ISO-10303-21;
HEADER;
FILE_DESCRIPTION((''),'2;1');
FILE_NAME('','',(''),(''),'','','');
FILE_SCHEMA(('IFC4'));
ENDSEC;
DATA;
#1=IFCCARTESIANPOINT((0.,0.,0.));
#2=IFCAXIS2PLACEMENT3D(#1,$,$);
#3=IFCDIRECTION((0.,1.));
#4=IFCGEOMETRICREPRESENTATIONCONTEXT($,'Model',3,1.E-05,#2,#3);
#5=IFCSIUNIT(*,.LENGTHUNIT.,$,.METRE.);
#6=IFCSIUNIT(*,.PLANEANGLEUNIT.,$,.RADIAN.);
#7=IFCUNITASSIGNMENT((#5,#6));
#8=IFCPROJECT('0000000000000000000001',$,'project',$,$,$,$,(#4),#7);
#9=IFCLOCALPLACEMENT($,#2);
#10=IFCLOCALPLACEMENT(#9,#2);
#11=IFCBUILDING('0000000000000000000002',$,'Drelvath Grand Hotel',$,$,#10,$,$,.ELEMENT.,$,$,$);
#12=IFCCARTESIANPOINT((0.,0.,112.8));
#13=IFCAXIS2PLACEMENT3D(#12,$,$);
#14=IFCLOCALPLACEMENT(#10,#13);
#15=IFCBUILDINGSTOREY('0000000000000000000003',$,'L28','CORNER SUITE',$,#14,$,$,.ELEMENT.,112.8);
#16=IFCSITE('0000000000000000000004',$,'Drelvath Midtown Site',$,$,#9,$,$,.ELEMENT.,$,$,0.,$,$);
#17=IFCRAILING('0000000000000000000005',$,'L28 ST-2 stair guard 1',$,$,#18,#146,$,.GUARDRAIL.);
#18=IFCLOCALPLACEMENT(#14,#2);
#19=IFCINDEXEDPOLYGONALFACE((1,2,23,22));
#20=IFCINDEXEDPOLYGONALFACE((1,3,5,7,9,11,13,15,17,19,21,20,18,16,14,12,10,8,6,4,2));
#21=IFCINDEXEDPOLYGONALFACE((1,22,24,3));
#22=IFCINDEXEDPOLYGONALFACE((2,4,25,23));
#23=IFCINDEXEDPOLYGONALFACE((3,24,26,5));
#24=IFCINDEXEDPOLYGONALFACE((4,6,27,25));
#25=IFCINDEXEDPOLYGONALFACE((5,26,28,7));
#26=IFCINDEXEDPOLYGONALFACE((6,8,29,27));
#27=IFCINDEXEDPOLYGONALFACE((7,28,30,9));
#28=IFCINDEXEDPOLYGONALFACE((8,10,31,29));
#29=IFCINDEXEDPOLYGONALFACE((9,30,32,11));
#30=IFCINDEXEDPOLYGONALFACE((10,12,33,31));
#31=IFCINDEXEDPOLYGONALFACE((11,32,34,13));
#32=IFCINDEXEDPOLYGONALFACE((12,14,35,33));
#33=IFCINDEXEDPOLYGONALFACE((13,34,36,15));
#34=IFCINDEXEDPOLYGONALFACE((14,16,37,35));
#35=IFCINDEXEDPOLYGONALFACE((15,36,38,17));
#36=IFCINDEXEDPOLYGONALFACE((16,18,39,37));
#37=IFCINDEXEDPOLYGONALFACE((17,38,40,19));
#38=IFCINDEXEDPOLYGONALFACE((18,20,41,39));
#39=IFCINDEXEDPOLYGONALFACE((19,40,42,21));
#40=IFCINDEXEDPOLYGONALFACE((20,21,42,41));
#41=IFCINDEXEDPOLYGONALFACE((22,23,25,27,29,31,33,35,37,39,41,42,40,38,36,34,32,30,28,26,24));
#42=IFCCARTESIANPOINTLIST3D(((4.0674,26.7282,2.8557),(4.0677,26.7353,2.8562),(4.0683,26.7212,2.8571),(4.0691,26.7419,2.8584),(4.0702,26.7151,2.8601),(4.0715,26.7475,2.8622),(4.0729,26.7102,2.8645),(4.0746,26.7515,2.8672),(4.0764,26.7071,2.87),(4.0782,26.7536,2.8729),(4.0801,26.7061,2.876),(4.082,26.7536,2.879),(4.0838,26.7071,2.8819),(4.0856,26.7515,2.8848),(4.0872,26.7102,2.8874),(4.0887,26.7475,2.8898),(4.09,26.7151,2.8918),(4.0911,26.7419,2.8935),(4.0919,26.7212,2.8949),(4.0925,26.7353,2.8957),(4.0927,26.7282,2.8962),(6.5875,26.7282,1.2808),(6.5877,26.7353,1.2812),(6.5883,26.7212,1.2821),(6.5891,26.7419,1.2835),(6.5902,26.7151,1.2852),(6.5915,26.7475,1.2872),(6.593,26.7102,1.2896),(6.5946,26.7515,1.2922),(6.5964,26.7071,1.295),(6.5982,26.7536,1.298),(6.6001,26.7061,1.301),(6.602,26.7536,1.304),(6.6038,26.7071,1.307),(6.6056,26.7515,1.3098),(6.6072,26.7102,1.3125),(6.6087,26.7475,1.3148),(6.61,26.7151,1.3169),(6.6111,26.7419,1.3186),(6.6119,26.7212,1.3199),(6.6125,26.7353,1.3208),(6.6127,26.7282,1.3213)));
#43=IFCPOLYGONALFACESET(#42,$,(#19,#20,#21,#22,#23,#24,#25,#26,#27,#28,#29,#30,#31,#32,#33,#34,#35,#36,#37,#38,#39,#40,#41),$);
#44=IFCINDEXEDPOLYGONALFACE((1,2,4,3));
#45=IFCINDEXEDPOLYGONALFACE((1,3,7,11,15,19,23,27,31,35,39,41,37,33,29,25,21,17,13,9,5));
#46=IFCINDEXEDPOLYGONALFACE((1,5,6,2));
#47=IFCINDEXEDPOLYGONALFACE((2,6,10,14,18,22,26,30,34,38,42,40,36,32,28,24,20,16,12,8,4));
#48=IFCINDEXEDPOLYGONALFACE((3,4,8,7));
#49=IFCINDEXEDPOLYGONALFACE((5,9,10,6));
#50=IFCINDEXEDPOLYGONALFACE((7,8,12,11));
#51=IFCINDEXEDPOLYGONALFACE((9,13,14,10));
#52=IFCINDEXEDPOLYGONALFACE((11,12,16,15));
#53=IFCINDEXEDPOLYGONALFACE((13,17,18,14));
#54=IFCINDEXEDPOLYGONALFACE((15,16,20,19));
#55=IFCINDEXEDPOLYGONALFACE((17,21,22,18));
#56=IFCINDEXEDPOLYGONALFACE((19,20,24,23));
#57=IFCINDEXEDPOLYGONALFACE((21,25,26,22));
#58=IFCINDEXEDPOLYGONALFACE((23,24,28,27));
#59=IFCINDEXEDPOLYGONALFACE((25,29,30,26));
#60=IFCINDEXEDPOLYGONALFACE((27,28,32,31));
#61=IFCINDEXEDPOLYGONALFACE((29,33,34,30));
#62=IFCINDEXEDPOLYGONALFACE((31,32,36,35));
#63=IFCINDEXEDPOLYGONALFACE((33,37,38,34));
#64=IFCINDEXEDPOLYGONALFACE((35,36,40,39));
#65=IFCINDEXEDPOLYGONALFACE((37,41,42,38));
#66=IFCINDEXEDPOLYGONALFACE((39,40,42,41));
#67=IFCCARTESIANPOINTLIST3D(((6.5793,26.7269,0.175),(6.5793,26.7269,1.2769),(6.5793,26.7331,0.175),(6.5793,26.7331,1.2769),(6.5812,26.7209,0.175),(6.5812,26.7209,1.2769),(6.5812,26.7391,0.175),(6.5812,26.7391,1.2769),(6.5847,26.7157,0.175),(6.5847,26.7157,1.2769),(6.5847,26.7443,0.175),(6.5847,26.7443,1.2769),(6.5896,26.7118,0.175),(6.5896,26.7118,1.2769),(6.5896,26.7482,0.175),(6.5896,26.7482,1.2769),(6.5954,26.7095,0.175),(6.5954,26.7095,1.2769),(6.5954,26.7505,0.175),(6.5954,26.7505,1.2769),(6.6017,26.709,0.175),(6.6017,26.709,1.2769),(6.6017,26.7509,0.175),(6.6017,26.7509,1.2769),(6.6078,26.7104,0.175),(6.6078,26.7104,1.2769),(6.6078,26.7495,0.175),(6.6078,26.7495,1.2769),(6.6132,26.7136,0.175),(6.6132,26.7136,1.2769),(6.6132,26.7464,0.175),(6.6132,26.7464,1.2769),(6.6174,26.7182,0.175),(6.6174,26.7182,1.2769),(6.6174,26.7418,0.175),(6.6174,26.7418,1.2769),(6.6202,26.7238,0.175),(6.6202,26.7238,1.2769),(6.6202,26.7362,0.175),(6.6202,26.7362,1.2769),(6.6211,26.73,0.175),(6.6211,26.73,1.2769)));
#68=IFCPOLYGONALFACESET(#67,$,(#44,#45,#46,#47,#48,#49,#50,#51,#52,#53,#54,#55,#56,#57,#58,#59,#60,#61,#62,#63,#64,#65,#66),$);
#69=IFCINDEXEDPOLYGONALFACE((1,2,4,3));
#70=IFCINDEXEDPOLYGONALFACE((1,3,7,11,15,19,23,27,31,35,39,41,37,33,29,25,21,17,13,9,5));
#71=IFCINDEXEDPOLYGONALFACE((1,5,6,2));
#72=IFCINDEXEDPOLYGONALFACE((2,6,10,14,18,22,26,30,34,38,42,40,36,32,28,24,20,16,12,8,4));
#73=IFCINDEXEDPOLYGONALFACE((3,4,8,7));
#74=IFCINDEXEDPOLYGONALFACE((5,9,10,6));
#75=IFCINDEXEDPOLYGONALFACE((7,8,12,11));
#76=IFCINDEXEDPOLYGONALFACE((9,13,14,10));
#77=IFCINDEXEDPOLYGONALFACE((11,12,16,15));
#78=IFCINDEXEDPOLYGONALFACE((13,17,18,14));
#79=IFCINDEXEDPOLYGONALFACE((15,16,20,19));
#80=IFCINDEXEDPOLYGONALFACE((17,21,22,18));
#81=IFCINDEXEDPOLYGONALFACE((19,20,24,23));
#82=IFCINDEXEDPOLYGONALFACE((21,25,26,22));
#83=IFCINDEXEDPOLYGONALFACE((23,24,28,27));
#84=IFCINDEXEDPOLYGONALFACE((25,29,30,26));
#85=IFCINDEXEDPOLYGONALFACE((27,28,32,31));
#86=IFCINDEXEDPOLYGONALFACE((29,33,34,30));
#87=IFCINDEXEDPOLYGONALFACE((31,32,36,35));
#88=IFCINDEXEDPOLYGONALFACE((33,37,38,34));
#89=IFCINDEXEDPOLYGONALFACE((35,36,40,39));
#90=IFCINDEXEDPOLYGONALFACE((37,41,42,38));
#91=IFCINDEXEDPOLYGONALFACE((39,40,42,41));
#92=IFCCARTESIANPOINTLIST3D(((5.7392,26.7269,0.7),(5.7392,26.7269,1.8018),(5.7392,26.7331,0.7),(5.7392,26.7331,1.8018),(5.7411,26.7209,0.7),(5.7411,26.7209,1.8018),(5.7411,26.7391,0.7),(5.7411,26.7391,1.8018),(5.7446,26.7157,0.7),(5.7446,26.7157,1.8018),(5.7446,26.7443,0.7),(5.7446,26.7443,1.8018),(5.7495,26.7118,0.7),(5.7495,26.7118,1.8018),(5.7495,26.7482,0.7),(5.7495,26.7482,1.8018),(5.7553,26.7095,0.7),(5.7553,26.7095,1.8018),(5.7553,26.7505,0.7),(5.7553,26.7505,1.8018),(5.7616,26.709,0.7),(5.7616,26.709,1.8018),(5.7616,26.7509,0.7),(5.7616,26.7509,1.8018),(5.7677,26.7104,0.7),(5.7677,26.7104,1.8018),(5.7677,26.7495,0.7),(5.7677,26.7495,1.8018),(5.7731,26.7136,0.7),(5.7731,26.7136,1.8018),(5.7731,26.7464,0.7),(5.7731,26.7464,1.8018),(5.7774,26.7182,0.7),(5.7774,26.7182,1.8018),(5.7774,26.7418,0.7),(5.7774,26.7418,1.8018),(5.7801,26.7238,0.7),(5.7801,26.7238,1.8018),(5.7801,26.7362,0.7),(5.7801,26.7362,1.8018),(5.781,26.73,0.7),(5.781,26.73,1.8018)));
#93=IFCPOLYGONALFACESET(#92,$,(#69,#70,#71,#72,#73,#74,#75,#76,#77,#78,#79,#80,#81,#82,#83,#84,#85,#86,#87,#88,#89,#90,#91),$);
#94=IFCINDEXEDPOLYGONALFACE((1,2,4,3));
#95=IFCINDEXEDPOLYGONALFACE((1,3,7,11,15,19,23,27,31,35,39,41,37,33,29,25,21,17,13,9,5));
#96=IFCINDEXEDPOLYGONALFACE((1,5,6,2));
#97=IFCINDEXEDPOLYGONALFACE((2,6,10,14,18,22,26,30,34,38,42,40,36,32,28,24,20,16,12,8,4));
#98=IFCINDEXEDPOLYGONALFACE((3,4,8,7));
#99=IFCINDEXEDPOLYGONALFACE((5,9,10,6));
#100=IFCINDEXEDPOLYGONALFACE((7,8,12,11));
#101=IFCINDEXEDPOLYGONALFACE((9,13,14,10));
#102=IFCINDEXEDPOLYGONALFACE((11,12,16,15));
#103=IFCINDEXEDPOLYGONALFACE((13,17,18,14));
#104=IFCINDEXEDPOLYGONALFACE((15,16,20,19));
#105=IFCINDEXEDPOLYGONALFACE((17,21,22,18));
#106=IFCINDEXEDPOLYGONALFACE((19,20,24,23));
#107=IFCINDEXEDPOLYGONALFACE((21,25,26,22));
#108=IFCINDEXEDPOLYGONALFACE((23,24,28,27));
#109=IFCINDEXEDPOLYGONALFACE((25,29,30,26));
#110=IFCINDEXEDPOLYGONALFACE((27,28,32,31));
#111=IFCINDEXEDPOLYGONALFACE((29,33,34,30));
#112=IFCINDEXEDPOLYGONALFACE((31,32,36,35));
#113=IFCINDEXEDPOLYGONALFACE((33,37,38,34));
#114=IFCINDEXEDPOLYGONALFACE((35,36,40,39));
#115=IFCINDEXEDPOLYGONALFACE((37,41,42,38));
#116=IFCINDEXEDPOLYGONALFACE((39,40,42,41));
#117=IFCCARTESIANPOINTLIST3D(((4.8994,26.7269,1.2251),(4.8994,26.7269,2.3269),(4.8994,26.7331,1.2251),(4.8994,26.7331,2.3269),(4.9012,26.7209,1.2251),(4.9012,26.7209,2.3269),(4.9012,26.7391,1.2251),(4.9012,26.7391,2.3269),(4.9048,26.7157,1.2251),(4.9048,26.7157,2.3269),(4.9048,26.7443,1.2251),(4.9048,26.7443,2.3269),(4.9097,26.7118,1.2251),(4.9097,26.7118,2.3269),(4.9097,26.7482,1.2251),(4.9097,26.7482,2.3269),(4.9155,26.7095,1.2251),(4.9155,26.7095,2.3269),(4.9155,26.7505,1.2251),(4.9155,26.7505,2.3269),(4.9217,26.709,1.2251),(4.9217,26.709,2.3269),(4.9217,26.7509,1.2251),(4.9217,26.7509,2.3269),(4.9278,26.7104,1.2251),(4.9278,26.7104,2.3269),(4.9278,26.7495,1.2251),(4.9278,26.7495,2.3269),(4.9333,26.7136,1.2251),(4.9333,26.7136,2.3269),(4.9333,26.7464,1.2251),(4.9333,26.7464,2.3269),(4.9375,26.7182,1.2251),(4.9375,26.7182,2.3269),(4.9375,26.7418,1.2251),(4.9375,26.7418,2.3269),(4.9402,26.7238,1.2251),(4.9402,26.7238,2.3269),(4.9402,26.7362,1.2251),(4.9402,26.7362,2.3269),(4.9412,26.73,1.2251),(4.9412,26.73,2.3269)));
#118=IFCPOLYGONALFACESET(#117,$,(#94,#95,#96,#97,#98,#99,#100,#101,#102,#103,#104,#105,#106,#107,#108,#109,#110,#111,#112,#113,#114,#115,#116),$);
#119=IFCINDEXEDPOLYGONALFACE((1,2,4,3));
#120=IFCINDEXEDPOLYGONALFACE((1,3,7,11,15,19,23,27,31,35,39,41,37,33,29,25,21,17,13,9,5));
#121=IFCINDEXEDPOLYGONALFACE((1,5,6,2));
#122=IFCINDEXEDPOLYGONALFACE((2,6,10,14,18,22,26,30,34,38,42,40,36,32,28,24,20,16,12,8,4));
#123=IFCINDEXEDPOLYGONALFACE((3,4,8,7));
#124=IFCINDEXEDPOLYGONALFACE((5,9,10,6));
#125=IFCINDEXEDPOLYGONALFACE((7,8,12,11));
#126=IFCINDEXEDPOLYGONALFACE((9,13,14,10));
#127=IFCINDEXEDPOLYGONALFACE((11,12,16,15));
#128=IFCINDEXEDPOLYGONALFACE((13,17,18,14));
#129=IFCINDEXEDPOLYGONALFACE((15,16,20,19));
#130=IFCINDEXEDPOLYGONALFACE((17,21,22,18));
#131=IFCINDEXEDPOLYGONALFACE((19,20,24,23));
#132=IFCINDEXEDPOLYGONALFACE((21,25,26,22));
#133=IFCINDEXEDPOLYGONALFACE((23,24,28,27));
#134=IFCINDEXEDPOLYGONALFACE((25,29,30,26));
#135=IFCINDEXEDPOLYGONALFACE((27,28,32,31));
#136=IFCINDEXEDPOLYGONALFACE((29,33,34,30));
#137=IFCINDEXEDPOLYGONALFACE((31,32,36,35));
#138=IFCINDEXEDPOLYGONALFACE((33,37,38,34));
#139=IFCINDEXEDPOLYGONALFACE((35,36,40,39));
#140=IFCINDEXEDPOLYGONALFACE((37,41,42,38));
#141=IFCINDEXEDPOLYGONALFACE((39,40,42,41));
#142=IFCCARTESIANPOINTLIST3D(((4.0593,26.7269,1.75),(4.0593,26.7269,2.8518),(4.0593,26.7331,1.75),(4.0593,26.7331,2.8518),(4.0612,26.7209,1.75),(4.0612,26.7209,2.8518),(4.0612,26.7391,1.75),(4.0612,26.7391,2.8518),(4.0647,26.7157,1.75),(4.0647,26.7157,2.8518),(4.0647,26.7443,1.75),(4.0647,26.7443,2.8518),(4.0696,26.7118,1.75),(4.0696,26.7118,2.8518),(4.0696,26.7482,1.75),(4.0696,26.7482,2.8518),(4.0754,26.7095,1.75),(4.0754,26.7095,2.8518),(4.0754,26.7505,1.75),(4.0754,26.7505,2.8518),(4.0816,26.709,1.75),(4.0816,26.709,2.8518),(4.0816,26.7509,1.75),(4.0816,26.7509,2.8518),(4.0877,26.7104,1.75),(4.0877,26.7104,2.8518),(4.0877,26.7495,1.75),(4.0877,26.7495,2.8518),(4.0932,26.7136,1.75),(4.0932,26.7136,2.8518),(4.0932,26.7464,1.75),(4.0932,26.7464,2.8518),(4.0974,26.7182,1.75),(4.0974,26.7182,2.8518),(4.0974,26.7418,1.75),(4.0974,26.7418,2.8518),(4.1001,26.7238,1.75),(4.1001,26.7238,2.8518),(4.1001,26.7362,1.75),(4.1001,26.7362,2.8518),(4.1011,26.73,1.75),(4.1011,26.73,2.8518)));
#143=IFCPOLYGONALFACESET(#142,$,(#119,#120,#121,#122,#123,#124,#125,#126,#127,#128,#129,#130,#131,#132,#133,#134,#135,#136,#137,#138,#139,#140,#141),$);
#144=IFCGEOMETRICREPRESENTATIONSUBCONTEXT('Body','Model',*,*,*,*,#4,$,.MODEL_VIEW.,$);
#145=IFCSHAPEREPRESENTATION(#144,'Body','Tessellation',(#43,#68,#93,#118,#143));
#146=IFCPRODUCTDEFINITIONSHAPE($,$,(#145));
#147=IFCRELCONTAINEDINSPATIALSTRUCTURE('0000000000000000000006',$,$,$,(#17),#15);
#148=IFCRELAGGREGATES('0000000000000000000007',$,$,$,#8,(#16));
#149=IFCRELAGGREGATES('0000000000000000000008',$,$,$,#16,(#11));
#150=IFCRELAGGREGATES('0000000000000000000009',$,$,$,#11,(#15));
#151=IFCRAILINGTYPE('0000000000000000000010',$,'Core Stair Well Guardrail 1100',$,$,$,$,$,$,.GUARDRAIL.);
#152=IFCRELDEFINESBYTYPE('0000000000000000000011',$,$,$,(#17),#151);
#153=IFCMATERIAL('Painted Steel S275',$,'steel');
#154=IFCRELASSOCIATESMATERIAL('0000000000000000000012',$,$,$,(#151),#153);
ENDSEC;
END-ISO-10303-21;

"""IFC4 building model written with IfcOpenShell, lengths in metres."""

from ifc_helpers import new_model, si_unit, direction, frame, origin, origin_2d, place, context, subcontext, project, spatial, circle, extrude, material, type_object, element, save


model = new_model("IFC4")

# Units and contexts
model_context = context("Model", 3, precision=1e-05, world=origin(), true_north=direction((0.0, 1.0)))
body_context = subcontext(model_context, "Body", "Model", "MODEL_VIEW")
ifc_project = project(units=[si_unit("LENGTHUNIT", "METRE"), si_unit("PLANEANGLEUNIT", "RADIAN")], contexts=[model_context])

# Site, building, storey
site_placement = place(None, origin())
site = spatial("IfcSite", under=ifc_project, at=site_placement, Name="Drelvath Midtown Site", CompositionType="ELEMENT", RefElevation=0.0)
building_placement = place(site_placement, origin())
building = spatial("IfcBuilding", under=site, at=building_placement, Name="Drelvath Grand Hotel", CompositionType="ELEMENT")
storey_placement = place(building_placement, frame((0.0, 0.0, 112.8)))
storey = spatial("IfcBuildingStorey", under=building, at=storey_placement, Name="L28", Description="CORNER SUITE", CompositionType="ELEMENT", Elevation=112.8)

# Shared definitions
ifc_material_1 = material(Name="Painted Steel S275", Category="steel")

# Railing
railing_type_1 = type_object("IfcRailingType", Name="Core Stair Well Guardrail 1100", PredefinedType="GUARDRAIL", material=ifc_material_1)
railing_1_placement = place(storey_placement, frame((6.6001, 26.73, 0.175)))
element("IfcRailing", 1, at=railing_1_placement, inside=storey, type_object=railing_type_1, Name="L28 ST-2 stair guard 1", PredefinedType="GUARDRAIL", context=body_context, shape_type="SweptSolid", body=[
    extrude(circle(Radius=0.0239, at=origin_2d()), frame((0.0, 0.0, 1.126), z_axis=(-0.848008, 0.0, 0.529984), x_axis=(0.0, -1.0, 0.0)), (0.0, 0.0, 1.0), 2.9717),
    extrude(circle(Radius=0.021, at=origin_2d()), origin(), (0.0, 0.0, 1.0), 1.1018),
    extrude(circle(Radius=0.021, at=origin_2d()), frame((-0.8401, 0.0, 0.5249)), (0.0, 0.0, 1.0), 1.1018),
    extrude(circle(Radius=0.021, at=origin_2d()), frame((-1.6799, 0.0, 1.05)), (0.0, 0.0, 1.0), 1.1018),
    extrude(circle(Radius=0.021, at=origin_2d()), frame((-2.52, 0.0, 1.575)), (0.0, 0.0, 1.0), 1.1018),
])

save(model, "model.ifc")
